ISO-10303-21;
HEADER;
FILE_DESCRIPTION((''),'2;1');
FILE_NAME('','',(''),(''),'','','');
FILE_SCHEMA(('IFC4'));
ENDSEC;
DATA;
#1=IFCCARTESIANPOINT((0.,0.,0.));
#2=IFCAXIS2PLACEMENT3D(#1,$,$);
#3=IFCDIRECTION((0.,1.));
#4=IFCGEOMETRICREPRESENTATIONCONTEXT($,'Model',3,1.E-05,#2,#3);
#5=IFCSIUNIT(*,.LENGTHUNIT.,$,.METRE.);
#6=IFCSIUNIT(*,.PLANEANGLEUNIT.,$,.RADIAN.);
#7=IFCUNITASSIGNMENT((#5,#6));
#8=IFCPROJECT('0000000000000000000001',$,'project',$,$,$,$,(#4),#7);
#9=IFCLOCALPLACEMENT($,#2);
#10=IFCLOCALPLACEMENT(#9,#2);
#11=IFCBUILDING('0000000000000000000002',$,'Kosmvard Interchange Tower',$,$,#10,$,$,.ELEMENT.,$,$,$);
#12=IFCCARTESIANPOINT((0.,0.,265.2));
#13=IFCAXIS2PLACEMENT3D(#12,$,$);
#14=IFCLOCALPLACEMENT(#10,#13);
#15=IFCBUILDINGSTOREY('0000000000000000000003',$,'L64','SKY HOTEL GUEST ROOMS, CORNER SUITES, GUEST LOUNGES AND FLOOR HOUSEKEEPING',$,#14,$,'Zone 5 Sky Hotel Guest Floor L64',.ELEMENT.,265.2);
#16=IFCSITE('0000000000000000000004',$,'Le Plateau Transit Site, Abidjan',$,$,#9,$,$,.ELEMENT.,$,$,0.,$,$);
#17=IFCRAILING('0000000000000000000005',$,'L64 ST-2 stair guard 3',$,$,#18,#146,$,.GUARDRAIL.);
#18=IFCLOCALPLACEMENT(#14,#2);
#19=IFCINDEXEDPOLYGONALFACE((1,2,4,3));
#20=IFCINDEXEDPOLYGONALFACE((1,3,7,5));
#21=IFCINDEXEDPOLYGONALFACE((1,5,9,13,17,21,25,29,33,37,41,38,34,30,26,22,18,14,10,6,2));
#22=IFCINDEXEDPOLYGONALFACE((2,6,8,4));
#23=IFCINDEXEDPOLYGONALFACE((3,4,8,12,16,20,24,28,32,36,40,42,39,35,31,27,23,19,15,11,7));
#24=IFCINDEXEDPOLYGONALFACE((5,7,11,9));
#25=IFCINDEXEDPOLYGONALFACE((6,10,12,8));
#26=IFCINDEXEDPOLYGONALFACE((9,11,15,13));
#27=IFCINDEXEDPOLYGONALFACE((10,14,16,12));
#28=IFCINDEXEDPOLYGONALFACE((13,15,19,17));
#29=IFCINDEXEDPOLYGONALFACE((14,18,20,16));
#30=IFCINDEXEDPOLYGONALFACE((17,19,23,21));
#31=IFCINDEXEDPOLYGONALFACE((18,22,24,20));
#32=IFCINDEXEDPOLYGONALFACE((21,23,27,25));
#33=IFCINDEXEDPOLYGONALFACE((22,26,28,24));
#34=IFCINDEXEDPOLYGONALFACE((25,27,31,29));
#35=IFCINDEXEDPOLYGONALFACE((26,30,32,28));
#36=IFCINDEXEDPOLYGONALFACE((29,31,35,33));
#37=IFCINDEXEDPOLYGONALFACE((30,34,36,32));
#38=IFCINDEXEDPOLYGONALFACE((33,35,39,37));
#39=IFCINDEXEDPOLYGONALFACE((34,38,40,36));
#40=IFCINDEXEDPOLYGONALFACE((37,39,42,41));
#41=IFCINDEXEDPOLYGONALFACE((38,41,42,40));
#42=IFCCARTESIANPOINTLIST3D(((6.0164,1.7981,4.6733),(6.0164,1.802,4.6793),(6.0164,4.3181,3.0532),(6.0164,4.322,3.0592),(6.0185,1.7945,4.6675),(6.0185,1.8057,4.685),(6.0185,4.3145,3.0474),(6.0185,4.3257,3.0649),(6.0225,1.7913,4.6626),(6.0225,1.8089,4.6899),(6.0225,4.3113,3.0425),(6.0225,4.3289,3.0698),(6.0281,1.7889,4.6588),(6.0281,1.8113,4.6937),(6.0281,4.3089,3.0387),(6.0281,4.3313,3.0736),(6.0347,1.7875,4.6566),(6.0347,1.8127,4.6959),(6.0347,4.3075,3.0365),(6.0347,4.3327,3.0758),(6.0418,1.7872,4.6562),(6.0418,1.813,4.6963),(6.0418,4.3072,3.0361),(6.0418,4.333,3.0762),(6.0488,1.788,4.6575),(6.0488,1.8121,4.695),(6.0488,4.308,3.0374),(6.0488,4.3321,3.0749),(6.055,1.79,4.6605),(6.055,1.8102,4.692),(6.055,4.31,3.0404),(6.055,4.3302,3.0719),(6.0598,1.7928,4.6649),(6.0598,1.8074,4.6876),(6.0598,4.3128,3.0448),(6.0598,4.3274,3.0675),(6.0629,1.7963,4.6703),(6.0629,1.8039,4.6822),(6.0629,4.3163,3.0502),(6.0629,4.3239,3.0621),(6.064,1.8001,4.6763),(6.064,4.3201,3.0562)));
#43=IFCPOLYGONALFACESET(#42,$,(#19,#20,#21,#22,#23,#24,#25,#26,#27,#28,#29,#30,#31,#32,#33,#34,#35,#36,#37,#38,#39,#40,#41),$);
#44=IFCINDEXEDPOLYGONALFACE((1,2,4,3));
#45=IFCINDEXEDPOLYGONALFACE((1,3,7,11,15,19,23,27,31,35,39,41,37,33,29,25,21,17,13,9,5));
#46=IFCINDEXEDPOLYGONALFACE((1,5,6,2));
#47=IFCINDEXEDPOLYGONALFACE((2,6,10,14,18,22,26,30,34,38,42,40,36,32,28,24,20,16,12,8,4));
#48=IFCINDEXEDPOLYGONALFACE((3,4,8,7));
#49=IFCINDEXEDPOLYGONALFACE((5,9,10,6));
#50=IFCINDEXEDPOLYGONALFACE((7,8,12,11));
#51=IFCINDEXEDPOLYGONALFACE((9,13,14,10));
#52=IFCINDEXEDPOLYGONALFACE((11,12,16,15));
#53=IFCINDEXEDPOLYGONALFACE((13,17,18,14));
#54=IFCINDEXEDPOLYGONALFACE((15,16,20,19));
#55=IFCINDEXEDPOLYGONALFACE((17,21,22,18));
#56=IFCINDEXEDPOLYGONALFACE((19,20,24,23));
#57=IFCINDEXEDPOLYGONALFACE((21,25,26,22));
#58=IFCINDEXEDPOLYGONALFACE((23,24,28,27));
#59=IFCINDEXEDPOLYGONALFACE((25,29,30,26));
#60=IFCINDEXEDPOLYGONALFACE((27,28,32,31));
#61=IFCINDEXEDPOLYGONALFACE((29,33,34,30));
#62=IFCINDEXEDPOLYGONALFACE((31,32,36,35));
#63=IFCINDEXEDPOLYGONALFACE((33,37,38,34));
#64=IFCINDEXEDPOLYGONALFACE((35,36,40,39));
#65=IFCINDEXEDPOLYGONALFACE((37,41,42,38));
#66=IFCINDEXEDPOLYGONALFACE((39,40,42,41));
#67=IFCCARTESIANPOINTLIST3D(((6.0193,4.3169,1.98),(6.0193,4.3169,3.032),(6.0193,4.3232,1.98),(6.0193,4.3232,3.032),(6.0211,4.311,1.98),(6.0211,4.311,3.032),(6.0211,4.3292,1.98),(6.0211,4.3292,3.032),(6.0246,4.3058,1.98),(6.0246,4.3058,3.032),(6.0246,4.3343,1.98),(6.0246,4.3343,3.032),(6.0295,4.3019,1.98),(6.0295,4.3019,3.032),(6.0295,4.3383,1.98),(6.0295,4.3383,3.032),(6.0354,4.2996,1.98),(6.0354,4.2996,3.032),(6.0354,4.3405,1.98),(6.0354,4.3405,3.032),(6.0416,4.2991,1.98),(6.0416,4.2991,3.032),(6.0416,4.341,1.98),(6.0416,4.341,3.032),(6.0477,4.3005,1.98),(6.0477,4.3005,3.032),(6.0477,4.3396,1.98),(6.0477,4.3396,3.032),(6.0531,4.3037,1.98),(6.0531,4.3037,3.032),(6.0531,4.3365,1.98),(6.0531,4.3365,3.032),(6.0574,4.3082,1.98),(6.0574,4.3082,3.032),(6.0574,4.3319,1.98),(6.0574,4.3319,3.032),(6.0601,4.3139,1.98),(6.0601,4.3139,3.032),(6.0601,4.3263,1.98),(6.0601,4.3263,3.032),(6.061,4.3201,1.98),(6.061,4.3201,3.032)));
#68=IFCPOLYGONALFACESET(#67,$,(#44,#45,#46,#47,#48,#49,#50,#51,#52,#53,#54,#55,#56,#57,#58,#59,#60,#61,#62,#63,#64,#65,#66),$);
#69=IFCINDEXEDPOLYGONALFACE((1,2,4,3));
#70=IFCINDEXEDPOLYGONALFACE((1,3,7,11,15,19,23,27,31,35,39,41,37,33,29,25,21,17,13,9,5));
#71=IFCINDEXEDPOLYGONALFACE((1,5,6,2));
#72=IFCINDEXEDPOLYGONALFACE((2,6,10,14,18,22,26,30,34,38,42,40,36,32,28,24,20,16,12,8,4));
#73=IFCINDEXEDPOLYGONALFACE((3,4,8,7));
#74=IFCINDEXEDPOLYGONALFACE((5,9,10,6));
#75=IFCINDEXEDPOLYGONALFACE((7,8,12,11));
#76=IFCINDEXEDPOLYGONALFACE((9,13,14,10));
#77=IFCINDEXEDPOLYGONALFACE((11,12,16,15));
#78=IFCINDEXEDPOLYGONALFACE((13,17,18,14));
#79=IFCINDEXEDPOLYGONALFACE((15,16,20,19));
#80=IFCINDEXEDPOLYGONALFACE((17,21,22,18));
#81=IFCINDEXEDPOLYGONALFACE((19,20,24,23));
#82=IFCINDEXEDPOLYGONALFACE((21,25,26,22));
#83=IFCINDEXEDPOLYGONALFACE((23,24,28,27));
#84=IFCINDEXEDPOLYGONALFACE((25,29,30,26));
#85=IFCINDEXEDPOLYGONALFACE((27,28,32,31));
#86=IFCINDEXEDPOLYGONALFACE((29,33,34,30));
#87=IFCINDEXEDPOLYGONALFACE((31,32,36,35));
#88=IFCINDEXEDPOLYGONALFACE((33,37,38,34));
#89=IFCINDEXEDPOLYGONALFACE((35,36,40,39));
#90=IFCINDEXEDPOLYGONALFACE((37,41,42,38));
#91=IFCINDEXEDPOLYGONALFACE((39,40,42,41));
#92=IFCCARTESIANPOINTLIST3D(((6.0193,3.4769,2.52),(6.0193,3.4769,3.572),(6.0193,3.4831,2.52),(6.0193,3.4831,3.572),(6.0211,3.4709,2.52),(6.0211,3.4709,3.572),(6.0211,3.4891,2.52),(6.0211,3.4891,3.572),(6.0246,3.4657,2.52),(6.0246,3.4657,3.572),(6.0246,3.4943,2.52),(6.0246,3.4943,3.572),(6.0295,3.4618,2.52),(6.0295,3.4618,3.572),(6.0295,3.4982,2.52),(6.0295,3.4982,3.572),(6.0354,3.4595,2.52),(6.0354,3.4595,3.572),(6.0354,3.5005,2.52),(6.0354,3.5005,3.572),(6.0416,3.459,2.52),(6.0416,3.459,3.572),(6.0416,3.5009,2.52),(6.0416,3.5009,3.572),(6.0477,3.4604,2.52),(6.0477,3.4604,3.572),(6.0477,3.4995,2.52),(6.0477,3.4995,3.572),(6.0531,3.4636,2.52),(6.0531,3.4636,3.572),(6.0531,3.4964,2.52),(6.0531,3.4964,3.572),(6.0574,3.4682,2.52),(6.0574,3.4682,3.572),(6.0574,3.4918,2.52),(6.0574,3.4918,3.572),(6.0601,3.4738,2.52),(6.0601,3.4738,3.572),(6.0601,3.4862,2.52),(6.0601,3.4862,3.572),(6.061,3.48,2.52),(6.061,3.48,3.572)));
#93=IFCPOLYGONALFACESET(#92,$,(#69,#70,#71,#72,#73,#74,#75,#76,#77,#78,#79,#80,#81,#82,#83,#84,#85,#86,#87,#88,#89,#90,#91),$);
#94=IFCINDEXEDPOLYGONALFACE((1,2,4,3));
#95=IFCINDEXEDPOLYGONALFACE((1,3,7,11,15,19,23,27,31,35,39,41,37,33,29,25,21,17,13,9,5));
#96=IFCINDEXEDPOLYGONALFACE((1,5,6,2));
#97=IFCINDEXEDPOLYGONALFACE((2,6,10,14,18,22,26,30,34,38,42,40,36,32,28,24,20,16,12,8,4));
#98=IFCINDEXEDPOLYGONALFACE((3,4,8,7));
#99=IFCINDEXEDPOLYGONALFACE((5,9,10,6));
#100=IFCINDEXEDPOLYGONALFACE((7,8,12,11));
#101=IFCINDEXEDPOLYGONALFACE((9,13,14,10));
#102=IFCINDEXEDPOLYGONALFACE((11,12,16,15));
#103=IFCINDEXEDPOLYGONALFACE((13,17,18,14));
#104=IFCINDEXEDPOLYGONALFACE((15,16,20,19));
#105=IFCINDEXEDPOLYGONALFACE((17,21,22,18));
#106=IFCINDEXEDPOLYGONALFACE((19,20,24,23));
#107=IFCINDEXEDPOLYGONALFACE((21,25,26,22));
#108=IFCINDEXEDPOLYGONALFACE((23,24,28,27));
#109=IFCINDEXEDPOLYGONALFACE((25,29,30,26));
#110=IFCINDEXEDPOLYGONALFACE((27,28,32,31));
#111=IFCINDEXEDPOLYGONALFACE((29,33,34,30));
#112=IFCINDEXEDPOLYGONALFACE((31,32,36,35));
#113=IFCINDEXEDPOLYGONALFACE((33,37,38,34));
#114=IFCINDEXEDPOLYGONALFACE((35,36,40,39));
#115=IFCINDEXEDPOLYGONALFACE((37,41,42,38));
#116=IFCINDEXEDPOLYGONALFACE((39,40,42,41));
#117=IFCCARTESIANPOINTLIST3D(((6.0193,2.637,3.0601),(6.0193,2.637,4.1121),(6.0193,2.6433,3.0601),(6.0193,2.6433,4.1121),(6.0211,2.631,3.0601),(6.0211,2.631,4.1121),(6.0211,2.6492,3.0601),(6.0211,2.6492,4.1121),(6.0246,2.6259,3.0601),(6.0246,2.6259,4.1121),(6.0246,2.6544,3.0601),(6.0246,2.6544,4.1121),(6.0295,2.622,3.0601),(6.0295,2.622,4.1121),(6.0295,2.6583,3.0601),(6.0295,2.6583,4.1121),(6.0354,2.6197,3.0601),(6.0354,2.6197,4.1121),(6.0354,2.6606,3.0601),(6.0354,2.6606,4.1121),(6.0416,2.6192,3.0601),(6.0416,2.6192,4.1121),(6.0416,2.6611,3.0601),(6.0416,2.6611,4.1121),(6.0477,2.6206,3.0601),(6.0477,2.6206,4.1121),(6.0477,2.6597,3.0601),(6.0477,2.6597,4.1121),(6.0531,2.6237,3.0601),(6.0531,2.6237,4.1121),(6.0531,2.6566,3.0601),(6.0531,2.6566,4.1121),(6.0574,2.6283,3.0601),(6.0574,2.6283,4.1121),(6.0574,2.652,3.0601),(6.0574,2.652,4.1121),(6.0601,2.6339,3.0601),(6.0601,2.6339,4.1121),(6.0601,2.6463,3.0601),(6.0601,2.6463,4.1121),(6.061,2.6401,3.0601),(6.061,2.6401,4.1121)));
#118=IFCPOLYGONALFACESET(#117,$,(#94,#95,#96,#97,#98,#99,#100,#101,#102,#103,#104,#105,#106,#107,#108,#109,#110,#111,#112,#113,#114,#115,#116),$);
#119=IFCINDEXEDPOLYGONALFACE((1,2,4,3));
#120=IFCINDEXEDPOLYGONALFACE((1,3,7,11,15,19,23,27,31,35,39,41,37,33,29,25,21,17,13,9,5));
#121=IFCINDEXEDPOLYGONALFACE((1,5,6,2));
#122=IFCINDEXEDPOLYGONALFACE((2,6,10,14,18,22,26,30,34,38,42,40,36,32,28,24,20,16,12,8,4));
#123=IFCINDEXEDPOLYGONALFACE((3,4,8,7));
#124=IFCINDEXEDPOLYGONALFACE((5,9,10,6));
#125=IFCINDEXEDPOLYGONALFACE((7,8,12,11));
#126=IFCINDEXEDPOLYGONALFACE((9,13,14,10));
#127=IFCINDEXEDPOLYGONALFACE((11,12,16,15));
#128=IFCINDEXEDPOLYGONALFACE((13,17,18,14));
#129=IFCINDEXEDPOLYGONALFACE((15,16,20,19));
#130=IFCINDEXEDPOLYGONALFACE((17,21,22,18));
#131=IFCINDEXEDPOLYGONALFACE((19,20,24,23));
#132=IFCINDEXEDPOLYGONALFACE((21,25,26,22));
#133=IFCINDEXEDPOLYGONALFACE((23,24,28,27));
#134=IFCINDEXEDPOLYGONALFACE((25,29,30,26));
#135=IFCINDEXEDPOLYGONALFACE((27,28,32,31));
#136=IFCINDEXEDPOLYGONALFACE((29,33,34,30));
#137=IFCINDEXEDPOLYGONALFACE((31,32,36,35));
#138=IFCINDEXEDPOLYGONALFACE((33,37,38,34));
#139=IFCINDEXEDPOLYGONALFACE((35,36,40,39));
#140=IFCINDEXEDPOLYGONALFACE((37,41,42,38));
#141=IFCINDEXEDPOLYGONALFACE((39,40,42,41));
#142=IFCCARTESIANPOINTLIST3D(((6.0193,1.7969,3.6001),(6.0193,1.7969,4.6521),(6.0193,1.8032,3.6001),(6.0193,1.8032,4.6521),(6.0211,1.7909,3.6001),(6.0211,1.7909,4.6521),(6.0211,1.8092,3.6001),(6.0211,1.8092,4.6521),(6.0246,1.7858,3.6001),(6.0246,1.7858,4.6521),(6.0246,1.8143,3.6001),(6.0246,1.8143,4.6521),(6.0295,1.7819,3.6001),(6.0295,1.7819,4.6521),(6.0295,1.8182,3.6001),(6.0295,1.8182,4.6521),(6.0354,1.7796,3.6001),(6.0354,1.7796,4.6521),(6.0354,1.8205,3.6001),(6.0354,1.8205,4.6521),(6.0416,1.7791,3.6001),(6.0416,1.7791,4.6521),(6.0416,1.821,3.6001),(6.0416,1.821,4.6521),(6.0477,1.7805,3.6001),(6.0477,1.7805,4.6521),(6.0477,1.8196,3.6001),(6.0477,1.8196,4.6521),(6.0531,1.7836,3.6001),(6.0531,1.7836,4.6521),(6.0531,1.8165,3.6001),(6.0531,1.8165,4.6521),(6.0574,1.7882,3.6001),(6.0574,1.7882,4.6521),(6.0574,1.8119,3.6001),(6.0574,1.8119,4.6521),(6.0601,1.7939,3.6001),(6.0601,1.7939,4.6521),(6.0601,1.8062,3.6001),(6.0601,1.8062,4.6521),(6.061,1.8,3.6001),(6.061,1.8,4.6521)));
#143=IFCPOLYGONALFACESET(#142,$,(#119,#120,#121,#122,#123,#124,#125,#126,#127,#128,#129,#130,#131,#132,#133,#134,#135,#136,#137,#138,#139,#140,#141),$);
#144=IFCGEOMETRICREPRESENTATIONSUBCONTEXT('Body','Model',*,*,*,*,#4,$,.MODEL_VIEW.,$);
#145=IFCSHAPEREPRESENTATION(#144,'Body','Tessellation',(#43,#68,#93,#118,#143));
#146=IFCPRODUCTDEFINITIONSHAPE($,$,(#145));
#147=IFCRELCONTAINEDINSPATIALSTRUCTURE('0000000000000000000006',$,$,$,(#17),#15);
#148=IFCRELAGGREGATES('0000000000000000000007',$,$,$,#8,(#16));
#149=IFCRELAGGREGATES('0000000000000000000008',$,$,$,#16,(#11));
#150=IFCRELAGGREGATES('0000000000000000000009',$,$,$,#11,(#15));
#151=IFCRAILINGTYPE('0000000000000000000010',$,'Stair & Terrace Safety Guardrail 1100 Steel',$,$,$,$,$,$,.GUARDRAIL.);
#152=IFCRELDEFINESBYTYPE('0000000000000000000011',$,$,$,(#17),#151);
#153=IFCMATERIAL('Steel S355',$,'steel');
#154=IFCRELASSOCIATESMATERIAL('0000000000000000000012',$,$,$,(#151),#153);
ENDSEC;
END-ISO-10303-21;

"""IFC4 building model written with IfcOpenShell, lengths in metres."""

from ifc_helpers import new_model, si_unit, direction, frame, origin, origin_2d, place, context, subcontext, project, spatial, circle, extrude, source, transform, mapped, material, type_object, element, save


model = new_model("IFC4")

# Units and contexts
model_context = context("Model", 3, precision=1e-05, world=origin(), true_north=direction((0.0, 1.0)))
body_context = subcontext(model_context, "Body", "Model", "MODEL_VIEW")
ifc_project = project(units=[si_unit("LENGTHUNIT", "METRE"), si_unit("PLANEANGLEUNIT", "RADIAN")], contexts=[model_context])

# Site, building, storey
site_placement = place(None, origin())
site = spatial("IfcSite", under=ifc_project, at=site_placement, Name="Le Plateau Transit Site, Abidjan", CompositionType="ELEMENT", RefElevation=0.0)
building_placement = place(site_placement, origin())
building = spatial("IfcBuilding", under=site, at=building_placement, Name="Kosmvard Interchange Tower", CompositionType="ELEMENT")
storey_placement = place(building_placement, frame((0.0, 0.0, 265.2)))
storey = spatial("IfcBuildingStorey", under=building, at=storey_placement, Name="L64", Description="SKY HOTEL GUEST ROOMS, CORNER SUITES, GUEST LOUNGES AND FLOOR HOUSEKEEPING", LongName="Zone 5 Sky Hotel Guest Floor L64", CompositionType="ELEMENT", Elevation=265.2)

# Shared definitions
ifc_material_1 = material(Name="Steel S355", Category="steel")

# Railing
railing_type_1 = type_object("IfcRailingType", Name="Stair & Terrace Safety Guardrail 1100 Steel", PredefinedType="GUARDRAIL", material=ifc_material_1)
shared_shape_1 = source(origin(), body_context, "Body", "SweptSolid", [
    extrude(circle(Radius=0.0239, at=origin_2d()), frame((0.0, 0.0, 1.0762), z_axis=(0.0, -0.841163, 0.540782), x_axis=(1.0, 0.0, 0.0)), (0.0, 0.0, 1.0), 2.9958),
    extrude(circle(Radius=0.021, at=origin_2d()), origin(), (0.0, 0.0, 1.0), 1.052),
    extrude(circle(Radius=0.021, at=origin_2d()), frame((0.0, -0.8401, 0.54)), (0.0, 0.0, 1.0), 1.052),
    extrude(circle(Radius=0.021, at=origin_2d()), frame((0.0, -1.6799, 1.0801)), (0.0, 0.0, 1.0), 1.052),
    extrude(circle(Radius=0.021, at=origin_2d()), frame((0.0, -2.52, 1.6201)), (0.0, 0.0, 1.0), 1.052),
])
railing_1_placement = place(storey_placement, frame((6.04, 4.3201, 1.98)))
element("IfcRailing", 1, at=railing_1_placement, inside=storey, type_object=railing_type_1, Name="L64 ST-2 stair guard 3", PredefinedType="GUARDRAIL", context=body_context, shape_type="MappedRepresentation", body=[
    mapped(shared_shape_1, transform((0.0, 0.0, 0.0), scale=1.0)),
])

save(model, "model.ifc")
